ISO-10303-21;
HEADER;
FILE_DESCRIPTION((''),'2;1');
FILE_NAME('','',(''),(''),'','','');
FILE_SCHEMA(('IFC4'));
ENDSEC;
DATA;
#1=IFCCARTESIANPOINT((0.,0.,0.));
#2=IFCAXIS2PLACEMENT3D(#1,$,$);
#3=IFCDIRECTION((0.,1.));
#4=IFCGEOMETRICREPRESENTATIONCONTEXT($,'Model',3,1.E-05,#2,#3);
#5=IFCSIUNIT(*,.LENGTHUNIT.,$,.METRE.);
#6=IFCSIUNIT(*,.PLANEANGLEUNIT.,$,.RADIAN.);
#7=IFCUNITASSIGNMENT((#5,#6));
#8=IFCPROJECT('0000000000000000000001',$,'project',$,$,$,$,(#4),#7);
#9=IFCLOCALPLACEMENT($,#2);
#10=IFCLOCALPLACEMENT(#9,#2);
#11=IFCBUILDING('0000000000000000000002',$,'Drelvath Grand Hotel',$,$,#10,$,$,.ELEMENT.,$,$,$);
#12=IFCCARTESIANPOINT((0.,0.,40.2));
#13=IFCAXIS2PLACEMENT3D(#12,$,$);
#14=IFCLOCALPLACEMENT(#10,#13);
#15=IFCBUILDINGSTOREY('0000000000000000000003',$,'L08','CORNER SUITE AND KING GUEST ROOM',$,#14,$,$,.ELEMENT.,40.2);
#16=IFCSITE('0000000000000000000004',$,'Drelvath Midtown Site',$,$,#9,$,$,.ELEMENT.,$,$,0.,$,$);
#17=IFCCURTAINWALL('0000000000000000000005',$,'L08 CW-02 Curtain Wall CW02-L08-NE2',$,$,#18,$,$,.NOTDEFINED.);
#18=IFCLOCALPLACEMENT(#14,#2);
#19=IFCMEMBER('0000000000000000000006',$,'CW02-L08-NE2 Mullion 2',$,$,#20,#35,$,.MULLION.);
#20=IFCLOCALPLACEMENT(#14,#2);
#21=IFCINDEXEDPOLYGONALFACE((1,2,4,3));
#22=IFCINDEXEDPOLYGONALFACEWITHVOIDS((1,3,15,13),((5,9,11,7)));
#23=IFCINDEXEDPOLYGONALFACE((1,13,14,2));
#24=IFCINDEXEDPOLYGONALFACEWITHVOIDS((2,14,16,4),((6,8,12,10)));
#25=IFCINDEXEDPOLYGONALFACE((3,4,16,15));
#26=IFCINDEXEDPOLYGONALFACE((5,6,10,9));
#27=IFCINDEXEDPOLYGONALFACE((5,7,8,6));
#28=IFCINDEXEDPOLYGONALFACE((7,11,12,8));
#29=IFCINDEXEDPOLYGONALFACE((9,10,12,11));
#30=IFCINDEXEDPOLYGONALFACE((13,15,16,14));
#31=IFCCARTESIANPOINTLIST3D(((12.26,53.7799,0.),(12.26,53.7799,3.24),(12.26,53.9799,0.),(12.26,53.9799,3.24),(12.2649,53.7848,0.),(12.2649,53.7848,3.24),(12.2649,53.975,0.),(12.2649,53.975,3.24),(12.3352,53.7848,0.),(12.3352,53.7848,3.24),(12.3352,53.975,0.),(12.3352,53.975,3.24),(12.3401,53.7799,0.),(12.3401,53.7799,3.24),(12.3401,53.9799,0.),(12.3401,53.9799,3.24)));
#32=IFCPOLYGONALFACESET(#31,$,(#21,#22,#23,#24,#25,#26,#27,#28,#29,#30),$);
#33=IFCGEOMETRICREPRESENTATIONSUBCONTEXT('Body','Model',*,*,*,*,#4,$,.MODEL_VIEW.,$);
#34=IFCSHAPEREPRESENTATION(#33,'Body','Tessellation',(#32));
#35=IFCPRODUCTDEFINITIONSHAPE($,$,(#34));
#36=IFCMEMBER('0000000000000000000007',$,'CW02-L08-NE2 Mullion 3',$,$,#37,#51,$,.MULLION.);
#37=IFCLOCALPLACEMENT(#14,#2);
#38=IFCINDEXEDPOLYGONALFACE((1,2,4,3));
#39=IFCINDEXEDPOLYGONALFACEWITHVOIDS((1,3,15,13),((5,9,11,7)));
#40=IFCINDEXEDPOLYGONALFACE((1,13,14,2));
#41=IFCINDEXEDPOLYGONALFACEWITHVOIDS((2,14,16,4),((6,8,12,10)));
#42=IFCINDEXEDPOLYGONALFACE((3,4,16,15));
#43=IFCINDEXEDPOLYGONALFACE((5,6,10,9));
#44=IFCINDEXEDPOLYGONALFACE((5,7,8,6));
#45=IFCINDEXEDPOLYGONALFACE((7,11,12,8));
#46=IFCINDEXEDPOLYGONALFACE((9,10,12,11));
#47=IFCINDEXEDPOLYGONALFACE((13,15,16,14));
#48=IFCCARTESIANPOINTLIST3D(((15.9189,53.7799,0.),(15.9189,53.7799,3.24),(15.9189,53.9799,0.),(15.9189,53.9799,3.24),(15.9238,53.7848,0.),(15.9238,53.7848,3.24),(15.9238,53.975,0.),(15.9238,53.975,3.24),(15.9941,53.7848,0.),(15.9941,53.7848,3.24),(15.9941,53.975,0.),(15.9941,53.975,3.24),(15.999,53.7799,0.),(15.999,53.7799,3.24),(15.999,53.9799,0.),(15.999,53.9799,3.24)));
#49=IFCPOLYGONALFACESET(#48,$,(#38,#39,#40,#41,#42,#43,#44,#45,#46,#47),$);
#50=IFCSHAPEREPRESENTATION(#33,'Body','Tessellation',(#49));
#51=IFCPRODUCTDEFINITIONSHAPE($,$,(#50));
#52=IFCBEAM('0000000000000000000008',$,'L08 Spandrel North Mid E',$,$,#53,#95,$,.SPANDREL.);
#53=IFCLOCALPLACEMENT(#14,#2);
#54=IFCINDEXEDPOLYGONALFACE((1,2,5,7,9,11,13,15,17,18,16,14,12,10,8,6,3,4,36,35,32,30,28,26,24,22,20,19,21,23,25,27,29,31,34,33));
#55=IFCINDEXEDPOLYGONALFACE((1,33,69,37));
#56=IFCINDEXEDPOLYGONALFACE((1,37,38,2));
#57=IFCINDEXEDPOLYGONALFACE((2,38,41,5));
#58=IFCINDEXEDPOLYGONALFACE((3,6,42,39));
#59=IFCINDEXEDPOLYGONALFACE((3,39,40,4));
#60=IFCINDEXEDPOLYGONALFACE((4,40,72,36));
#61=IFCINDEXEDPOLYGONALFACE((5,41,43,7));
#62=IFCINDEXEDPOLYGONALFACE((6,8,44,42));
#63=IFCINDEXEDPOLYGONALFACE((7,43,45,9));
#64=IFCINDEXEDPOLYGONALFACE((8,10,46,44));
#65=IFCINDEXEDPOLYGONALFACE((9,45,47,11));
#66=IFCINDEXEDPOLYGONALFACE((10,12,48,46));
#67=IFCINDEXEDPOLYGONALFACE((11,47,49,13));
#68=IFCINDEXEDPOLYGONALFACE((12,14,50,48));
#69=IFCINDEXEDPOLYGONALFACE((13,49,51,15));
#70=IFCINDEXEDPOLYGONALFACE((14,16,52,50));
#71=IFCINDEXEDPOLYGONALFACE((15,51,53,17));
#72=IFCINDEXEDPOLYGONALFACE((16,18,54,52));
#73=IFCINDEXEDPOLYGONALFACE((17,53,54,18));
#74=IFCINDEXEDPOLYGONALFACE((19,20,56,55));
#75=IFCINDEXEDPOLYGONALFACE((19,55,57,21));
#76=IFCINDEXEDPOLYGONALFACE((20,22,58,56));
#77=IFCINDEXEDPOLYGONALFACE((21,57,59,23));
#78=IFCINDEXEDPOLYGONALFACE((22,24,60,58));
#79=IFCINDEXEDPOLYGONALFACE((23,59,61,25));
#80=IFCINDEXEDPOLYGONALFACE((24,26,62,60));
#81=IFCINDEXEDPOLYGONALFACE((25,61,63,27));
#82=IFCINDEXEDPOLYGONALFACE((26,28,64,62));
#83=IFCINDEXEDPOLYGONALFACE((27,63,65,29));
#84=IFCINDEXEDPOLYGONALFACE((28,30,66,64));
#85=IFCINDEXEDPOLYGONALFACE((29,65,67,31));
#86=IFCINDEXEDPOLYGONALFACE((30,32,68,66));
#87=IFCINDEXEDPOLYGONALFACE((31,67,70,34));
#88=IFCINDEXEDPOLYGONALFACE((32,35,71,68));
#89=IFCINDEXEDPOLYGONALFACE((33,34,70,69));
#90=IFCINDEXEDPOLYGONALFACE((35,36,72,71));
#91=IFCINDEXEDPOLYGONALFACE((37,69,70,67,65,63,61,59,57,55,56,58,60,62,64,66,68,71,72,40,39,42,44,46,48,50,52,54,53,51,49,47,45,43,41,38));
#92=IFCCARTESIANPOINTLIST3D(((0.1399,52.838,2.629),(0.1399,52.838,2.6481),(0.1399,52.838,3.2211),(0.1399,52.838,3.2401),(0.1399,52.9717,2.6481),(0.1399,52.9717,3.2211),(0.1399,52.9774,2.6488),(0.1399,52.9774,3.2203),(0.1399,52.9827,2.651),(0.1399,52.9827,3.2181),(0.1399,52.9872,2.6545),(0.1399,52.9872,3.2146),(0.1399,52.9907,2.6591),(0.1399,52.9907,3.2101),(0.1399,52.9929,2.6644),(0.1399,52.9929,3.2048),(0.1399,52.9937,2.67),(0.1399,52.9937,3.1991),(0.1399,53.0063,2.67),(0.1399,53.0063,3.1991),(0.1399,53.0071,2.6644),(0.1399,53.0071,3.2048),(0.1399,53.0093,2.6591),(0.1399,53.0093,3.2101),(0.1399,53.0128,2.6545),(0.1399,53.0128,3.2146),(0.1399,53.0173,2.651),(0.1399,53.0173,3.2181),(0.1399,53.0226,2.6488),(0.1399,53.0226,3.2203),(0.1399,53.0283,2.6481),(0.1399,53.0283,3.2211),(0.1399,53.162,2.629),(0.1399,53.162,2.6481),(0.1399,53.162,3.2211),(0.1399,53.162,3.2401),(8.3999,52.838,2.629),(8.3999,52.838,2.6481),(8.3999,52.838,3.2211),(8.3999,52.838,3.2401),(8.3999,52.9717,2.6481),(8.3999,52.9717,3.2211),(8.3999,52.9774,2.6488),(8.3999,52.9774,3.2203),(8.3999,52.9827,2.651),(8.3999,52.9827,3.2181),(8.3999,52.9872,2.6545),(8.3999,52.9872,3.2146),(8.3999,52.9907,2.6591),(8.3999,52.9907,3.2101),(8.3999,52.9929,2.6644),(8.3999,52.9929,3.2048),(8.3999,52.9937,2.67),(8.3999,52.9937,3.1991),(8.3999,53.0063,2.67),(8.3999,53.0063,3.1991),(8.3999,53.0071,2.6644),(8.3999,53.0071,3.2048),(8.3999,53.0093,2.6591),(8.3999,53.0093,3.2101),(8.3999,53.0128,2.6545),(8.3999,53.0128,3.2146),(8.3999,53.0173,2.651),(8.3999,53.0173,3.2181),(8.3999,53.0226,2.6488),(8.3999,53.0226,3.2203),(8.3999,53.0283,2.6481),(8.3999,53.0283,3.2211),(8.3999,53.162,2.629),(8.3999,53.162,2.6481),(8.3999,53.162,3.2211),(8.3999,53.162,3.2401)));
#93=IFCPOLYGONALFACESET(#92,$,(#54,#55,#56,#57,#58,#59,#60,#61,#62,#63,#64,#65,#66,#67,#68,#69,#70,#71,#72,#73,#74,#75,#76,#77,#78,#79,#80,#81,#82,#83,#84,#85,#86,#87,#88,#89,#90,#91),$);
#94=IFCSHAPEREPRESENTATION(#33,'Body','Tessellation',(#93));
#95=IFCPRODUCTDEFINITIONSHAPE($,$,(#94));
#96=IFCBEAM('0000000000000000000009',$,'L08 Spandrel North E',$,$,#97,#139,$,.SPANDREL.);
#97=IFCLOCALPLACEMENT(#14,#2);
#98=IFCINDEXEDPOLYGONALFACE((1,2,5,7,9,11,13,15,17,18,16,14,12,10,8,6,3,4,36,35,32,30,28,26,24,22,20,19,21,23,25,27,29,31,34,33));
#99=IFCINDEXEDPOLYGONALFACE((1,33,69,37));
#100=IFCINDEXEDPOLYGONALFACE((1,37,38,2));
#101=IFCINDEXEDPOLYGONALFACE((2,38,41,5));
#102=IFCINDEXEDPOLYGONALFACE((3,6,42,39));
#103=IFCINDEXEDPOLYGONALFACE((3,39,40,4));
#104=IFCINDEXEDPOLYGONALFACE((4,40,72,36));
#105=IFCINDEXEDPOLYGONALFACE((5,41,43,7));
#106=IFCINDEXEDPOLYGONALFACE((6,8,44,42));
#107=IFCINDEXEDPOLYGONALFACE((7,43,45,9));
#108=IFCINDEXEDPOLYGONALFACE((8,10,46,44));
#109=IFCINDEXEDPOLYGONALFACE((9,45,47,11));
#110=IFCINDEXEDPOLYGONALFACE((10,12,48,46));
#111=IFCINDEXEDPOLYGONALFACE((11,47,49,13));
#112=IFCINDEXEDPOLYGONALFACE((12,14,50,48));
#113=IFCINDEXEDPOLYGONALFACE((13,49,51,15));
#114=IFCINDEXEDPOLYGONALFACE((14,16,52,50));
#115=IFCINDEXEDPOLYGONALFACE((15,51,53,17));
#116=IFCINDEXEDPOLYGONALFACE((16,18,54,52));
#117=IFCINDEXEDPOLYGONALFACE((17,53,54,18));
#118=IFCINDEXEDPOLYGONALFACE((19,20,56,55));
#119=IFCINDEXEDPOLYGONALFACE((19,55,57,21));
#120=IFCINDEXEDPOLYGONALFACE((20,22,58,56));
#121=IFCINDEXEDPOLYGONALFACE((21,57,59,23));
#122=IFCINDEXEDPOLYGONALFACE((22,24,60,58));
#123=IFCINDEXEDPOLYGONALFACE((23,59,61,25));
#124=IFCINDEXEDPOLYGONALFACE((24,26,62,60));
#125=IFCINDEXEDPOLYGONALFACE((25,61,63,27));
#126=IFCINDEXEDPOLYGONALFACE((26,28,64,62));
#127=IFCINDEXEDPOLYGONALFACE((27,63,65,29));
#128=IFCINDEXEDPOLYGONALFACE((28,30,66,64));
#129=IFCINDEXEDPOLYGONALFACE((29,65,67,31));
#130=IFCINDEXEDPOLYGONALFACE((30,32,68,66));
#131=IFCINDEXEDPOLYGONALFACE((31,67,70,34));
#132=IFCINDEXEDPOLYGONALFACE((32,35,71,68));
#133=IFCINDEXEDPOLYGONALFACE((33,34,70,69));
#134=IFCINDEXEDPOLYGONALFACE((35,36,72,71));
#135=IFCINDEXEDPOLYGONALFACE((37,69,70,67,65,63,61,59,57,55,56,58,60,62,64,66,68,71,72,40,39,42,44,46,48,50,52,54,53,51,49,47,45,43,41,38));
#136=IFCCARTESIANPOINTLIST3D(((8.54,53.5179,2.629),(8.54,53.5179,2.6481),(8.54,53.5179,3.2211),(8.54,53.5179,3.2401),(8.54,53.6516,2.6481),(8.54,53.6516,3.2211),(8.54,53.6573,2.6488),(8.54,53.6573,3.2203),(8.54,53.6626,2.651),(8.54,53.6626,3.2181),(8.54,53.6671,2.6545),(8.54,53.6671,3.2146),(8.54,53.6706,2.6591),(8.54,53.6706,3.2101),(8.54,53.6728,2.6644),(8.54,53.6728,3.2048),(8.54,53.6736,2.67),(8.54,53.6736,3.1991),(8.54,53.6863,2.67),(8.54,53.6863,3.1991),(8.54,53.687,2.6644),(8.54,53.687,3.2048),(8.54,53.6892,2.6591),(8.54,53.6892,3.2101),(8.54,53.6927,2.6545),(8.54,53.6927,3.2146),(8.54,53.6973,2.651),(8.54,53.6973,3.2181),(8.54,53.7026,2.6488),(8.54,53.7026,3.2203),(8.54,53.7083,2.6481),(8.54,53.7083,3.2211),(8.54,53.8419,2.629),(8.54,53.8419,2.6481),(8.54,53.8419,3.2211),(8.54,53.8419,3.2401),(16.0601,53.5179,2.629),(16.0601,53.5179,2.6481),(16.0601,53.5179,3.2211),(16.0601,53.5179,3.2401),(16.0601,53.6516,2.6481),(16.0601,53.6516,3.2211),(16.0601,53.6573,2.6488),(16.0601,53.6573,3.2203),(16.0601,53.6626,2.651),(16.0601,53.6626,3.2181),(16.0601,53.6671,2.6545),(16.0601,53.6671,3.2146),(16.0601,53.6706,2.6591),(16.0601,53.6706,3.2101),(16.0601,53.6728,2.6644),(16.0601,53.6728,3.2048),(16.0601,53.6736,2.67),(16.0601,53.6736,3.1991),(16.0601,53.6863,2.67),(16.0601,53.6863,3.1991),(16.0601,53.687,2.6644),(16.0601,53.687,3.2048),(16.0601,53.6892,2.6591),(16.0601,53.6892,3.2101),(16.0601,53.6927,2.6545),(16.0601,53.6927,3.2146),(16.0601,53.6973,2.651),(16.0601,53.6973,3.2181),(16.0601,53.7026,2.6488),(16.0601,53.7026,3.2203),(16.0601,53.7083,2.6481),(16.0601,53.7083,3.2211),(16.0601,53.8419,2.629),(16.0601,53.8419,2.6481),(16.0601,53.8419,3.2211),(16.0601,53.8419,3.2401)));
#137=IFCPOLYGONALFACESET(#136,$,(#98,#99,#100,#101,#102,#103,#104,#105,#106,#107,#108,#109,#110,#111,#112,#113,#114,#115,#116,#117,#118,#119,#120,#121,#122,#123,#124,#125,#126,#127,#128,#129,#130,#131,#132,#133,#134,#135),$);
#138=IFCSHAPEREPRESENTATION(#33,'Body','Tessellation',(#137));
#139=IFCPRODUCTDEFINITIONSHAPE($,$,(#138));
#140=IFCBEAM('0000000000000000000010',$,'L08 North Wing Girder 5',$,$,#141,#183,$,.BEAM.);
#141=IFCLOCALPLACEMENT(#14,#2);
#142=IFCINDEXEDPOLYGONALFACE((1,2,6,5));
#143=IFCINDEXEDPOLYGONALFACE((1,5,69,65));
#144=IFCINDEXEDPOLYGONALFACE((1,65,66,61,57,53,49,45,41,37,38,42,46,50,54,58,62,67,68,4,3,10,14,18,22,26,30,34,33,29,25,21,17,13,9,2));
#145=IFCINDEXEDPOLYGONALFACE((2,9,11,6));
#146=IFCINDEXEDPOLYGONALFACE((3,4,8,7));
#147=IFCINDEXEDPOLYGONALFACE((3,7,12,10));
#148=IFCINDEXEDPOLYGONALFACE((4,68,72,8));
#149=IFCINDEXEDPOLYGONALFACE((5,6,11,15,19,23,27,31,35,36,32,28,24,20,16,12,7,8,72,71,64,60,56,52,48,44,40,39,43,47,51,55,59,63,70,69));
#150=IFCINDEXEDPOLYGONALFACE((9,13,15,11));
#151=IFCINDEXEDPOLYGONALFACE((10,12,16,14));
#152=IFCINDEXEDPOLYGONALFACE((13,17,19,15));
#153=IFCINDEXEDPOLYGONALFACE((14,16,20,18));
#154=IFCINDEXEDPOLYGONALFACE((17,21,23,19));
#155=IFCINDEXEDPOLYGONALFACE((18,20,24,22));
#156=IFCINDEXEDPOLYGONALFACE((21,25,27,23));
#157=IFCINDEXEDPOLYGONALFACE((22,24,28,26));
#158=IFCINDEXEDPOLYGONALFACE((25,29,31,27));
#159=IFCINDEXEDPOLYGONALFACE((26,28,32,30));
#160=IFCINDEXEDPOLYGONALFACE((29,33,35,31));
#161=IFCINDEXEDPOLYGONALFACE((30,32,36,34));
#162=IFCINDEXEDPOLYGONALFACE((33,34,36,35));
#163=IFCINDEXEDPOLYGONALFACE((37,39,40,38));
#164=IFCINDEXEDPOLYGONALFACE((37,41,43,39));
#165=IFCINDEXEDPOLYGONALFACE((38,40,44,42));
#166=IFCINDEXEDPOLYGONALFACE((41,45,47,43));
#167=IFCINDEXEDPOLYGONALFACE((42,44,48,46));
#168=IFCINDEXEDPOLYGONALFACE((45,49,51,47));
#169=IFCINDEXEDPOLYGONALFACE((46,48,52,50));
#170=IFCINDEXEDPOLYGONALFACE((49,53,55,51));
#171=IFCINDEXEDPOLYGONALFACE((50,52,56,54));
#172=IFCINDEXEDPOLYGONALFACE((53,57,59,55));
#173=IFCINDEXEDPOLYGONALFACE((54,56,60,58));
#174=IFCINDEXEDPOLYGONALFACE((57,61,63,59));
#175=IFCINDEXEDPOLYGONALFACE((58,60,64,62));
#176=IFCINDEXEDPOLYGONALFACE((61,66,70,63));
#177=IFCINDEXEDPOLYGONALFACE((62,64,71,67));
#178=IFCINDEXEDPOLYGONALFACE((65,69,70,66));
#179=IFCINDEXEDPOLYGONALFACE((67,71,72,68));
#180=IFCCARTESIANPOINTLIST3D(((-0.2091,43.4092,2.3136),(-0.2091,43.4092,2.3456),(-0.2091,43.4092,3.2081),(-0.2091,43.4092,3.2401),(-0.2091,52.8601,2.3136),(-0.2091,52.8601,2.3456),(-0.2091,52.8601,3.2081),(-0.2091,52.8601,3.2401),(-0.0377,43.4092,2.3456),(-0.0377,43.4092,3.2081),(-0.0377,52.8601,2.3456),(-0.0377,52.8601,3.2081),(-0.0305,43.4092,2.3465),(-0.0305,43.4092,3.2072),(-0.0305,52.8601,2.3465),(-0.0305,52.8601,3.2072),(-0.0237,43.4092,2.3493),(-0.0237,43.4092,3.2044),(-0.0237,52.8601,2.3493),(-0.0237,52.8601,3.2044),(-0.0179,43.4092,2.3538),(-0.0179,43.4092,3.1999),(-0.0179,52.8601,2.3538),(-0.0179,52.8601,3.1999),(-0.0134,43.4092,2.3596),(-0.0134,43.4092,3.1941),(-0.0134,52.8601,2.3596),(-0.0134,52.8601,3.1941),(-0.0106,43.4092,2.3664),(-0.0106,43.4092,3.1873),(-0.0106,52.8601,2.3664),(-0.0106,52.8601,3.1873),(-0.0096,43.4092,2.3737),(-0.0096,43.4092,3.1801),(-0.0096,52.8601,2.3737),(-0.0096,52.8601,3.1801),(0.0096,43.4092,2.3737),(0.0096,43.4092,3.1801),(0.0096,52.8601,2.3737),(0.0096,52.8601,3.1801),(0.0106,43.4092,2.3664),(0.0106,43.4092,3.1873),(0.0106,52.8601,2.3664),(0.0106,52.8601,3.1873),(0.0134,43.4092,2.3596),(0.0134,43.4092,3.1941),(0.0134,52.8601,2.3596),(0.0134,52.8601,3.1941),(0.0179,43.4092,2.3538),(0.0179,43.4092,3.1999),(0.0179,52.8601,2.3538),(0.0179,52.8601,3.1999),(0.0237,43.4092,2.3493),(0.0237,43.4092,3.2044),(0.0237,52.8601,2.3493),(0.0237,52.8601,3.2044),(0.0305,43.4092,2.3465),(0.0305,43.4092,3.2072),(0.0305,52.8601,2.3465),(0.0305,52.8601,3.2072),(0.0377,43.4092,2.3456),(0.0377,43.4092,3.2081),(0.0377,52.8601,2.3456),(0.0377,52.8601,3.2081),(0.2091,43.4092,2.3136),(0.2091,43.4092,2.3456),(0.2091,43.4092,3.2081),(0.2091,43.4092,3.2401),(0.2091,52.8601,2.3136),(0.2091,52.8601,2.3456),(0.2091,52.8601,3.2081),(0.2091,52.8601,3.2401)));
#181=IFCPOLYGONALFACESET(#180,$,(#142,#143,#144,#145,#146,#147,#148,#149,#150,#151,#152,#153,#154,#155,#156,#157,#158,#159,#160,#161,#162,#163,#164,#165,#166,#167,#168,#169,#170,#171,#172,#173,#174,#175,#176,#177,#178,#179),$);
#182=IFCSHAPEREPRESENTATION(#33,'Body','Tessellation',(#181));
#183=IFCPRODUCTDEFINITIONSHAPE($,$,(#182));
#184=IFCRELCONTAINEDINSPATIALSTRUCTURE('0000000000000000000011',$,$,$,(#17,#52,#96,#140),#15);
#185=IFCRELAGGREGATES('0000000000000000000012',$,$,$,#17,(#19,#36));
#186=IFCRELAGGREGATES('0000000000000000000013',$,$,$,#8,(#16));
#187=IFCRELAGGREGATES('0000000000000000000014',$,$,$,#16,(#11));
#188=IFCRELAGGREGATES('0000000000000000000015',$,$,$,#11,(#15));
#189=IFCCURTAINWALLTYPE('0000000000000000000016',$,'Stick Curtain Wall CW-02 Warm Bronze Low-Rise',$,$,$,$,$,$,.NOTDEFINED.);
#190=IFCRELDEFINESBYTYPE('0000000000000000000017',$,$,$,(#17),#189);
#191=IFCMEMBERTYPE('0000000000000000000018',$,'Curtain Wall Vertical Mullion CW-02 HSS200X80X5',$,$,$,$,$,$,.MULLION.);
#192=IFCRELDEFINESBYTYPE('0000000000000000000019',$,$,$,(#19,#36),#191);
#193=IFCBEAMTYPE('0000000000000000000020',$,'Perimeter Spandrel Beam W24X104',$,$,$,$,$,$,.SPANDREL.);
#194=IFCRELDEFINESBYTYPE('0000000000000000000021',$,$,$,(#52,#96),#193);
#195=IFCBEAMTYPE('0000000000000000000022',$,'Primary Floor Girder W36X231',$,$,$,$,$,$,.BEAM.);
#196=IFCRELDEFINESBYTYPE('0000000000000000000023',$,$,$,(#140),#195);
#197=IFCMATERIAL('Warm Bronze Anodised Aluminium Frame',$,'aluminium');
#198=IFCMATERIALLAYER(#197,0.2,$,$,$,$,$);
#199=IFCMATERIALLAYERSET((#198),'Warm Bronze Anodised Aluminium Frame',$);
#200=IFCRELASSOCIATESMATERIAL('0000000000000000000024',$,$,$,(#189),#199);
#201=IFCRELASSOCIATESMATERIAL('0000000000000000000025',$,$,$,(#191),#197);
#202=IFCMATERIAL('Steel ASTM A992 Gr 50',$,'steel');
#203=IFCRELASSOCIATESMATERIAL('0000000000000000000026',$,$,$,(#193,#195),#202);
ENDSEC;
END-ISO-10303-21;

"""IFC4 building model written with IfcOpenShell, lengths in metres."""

from ifc_helpers import new_model, si_unit, direction, frame, origin, origin_2d, place, context, subcontext, project, spatial, hollow_rectangle, i_section, extrude, material, layer, layer_set, material_profile, profile_set, type_object, element, aggregate, save


model = new_model("IFC4")

# Units and contexts
model_context = context("Model", 3, precision=1e-05, world=origin(), true_north=direction((0.0, 1.0)))
body_context = subcontext(model_context, "Body", "Model", "MODEL_VIEW")
ifc_project = project(units=[si_unit("LENGTHUNIT", "METRE"), si_unit("PLANEANGLEUNIT", "RADIAN")], contexts=[model_context])

# Site, building, storey
site_placement = place(None, origin())
site = spatial("IfcSite", under=ifc_project, at=site_placement, Name="Drelvath Midtown Site", CompositionType="ELEMENT", RefElevation=0.0)
building_placement = place(site_placement, origin())
building = spatial("IfcBuilding", under=site, at=building_placement, Name="Drelvath Grand Hotel", CompositionType="ELEMENT")
storey_placement = place(building_placement, frame((0.0, 0.0, 40.2)))
storey = spatial("IfcBuildingStorey", under=building, at=storey_placement, Name="L08", Description="CORNER SUITE AND KING GUEST ROOM", CompositionType="ELEMENT", Elevation=40.2)

# Curtain wall
ifc_material_1 = material(Name="Warm Bronze Anodised Aluminium Frame", Category="aluminium")
ifc_layer_1 = layer(ifc_material_1, 0.2)
ifc_layer_set_1 = layer_set([ifc_layer_1], Name="Warm Bronze Anodised Aluminium Frame")
curtain_wall_type = type_object("IfcCurtainWallType", Name="Stick Curtain Wall CW-02 Warm Bronze Low-Rise", PredefinedType="NOTDEFINED", material=ifc_layer_set_1)
curtain_wall_1_placement = place(storey_placement, origin())
curtain_wall_1 = element("IfcCurtainWall", 1, at=curtain_wall_1_placement, inside=storey, type_object=curtain_wall_type, Name="L08 CW-02 Curtain Wall CW02-L08-NE2", PredefinedType="NOTDEFINED")

# Members
ifc_material_profile_1 = material_profile(ifc_material_1, hollow_rectangle(XDim=0.0801, YDim=0.2, WallThickness=0.0049, at=origin_2d()), Name="HSS200X80X5")
ifc_profile_set_1 = profile_set([ifc_material_profile_1], Name="Warm Bronze Anodised Aluminium Frame")
member_type_1 = type_object("IfcMemberType", Name="Curtain Wall Vertical Mullion CW-02 HSS200X80X5", PredefinedType="MULLION", material=ifc_profile_set_1)
member_1_placement = place(storey_placement, frame((12.3, 53.8799, 0.0), z_axis=(0.0, 0.0, 1.0), x_axis=(1.0, 0.0, 0.0)))
member_1 = element("IfcMember", 2, at=member_1_placement, type_object=member_type_1, Name="CW02-L08-NE2 Mullion 2", PredefinedType="MULLION", context=body_context, shape_type="SweptSolid", body=[
    extrude(hollow_rectangle(XDim=0.0801, YDim=0.2, WallThickness=0.0049, at=origin_2d()), origin(), (0.0, 0.0, 1.0), 3.24),
])
member_2_placement = place(storey_placement, frame((15.959, 53.8799, 0.0), z_axis=(0.0, 0.0, 1.0), x_axis=(1.0, 0.0, 0.0)))
member_2 = element("IfcMember", 3, at=member_2_placement, type_object=member_type_1, Name="CW02-L08-NE2 Mullion 3", PredefinedType="MULLION", context=body_context, shape_type="SweptSolid", body=[
    extrude(hollow_rectangle(XDim=0.0801, YDim=0.2, WallThickness=0.0049, at=origin_2d()), origin(), (0.0, 0.0, 1.0), 3.24),
])

# Beams
ifc_material_2 = material(Name="Steel ASTM A992 Gr 50", Category="steel")
ifc_material_profile_2 = material_profile(ifc_material_2, i_section(OverallWidth=0.324, OverallDepth=0.6111, WebThickness=0.0127, FlangeThickness=0.019, FilletRadius=0.022, at=origin_2d()), Name="W24X104")
ifc_profile_set_2 = profile_set([ifc_material_profile_2], Name="Steel ASTM A992 Gr 50")
beam_type_1 = type_object("IfcBeamType", Name="Perimeter Spandrel Beam W24X104", PredefinedType="SPANDREL", material=ifc_profile_set_2)
beam_1_placement = place(storey_placement, frame((0.1399, 53.0, 2.9346), z_axis=(1.0, 0.0, 0.0), x_axis=(0.0, 1.0, 0.0)))
element("IfcBeam", 4, at=beam_1_placement, inside=storey, type_object=beam_type_1, Name="L08 Spandrel North Mid E", PredefinedType="SPANDREL", context=body_context, shape_type="SweptSolid", body=[
    extrude(i_section(OverallWidth=0.324, OverallDepth=0.6111, WebThickness=0.0127, FlangeThickness=0.019, FilletRadius=0.022, at=origin_2d()), origin(), (0.0, 0.0, 1.0), 8.26),
])
beam_2_placement = place(storey_placement, frame((8.54, 53.6799, 2.9346), z_axis=(1.0, 0.0, 0.0), x_axis=(0.0, 1.0, 0.0)))
element("IfcBeam", 5, at=beam_2_placement, inside=storey, type_object=beam_type_1, Name="L08 Spandrel North E", PredefinedType="SPANDREL", context=body_context, shape_type="SweptSolid", body=[
    extrude(i_section(OverallWidth=0.324, OverallDepth=0.6111, WebThickness=0.0127, FlangeThickness=0.019, FilletRadius=0.022, at=origin_2d()), origin(), (0.0, 0.0, 1.0), 7.52),
])
ifc_material_profile_3 = material_profile(ifc_material_2, i_section(OverallWidth=0.4182, OverallDepth=0.9265, WebThickness=0.0193, FlangeThickness=0.032, FilletRadius=0.0281, at=origin_2d()), Name="W36X231")
ifc_profile_set_3 = profile_set([ifc_material_profile_3], Name="Steel ASTM A992 Gr 50")
beam_type_2 = type_object("IfcBeamType", Name="Primary Floor Girder W36X231", PredefinedType="BEAM", material=ifc_profile_set_3)
beam_3_placement = place(storey_placement, frame((0.0, 43.4092, 2.7769), z_axis=(0.0, 1.0, 0.0), x_axis=(-1.0, 0.0, 0.0)))
element("IfcBeam", 6, at=beam_3_placement, inside=storey, type_object=beam_type_2, Name="L08 North Wing Girder 5", PredefinedType="BEAM", context=body_context, shape_type="SweptSolid", body=[
    extrude(i_section(OverallWidth=0.4182, OverallDepth=0.9265, WebThickness=0.0193, FlangeThickness=0.032, FilletRadius=0.0281, at=origin_2d()), origin(), (0.0, 0.0, 1.0), 9.4509),
])

aggregate(curtain_wall_1, [member_1, member_2])

save(model, "model.ifc")
